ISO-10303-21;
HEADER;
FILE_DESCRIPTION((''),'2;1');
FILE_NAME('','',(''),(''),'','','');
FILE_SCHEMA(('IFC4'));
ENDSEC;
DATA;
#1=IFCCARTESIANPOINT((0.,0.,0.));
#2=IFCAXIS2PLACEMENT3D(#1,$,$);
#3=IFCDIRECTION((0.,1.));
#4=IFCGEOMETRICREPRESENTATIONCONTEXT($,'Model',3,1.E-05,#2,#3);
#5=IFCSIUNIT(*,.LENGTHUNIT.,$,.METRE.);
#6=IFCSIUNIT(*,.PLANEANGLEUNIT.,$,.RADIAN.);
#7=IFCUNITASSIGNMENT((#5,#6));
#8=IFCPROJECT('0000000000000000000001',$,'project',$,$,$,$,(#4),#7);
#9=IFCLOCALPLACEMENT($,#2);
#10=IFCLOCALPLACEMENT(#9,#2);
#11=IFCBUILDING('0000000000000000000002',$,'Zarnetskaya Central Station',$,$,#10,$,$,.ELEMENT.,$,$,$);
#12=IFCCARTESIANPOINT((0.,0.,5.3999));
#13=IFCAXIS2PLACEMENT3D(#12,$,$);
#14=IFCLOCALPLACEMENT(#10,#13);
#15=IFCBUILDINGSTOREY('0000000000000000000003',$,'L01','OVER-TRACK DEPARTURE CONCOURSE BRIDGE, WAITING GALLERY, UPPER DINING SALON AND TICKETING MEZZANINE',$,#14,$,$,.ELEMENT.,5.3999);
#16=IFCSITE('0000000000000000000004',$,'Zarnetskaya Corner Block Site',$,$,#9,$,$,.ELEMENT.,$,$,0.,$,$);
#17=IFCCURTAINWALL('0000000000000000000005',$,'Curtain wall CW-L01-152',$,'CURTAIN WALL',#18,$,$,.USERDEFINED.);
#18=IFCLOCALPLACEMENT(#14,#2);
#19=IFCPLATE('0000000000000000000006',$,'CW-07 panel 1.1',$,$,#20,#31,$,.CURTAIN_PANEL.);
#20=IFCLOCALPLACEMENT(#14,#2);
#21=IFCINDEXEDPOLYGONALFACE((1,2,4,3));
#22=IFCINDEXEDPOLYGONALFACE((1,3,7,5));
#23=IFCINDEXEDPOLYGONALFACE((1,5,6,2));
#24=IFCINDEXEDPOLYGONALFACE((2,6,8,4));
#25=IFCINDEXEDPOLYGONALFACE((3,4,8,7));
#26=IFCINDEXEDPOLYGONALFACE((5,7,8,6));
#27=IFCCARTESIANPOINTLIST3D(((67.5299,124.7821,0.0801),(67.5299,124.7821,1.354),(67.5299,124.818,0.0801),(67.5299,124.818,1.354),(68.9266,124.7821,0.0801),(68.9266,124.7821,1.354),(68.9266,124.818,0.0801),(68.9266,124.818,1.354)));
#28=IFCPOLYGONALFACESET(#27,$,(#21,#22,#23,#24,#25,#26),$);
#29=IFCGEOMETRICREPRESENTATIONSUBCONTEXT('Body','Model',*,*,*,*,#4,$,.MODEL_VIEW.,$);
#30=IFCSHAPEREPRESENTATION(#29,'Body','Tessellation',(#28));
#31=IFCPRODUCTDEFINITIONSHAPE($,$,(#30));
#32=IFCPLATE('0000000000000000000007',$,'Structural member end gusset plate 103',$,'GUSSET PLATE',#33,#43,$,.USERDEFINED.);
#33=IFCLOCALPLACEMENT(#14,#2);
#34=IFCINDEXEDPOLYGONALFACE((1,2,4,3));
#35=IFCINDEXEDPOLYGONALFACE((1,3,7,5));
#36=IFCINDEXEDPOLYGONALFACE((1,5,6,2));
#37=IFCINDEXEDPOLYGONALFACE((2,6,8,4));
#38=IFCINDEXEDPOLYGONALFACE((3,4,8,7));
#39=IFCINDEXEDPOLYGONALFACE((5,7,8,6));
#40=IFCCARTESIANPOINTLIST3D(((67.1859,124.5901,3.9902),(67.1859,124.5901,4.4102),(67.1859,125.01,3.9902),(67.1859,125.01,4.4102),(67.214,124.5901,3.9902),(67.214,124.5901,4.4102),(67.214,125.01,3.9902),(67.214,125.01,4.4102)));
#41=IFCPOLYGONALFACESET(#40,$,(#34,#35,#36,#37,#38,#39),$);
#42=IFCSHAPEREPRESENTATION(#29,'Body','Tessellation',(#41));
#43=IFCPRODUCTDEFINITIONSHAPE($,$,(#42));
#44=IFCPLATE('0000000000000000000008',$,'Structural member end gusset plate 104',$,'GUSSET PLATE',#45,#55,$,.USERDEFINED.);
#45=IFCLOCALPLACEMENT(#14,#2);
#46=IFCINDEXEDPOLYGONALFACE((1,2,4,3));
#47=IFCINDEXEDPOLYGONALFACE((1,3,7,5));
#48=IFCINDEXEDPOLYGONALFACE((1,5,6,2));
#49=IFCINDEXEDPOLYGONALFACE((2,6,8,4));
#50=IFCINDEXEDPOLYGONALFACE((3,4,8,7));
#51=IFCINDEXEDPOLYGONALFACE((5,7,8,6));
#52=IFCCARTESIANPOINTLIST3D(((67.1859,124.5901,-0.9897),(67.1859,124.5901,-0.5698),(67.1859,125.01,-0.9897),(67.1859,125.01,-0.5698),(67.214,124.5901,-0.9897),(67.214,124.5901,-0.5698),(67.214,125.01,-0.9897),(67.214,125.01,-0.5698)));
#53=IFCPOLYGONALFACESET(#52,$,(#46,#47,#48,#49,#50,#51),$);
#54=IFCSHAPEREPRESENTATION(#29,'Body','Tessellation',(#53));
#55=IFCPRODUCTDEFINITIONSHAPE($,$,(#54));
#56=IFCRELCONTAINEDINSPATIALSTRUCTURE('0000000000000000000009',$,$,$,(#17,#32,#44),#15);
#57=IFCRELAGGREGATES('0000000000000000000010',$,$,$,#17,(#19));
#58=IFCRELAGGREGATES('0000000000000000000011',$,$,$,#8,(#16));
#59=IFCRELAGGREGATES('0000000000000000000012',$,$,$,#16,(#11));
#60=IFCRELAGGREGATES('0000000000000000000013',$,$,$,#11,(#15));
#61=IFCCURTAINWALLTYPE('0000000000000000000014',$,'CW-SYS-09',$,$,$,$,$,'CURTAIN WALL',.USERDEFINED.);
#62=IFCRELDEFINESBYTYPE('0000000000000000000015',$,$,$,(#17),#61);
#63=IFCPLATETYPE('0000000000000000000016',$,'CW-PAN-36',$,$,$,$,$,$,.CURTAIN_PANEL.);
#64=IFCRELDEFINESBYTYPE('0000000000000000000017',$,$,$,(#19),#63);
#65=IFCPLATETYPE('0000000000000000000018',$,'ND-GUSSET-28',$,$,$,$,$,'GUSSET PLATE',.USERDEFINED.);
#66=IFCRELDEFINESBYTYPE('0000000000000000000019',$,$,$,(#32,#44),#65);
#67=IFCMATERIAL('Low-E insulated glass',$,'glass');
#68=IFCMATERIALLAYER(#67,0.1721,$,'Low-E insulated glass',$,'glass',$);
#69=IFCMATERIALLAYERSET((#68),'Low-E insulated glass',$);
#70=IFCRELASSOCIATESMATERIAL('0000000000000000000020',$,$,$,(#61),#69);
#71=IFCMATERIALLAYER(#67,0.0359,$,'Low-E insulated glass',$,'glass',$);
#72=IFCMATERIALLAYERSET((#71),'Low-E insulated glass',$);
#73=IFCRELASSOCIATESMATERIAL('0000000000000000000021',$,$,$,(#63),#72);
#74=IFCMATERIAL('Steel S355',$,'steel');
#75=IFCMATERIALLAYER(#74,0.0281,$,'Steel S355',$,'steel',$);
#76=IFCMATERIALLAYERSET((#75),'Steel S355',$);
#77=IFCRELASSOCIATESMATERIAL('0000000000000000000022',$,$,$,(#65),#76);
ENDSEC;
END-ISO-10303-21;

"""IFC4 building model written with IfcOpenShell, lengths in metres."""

from ifc_helpers import new_model, si_unit, direction, frame, origin, origin_2d, place, context, subcontext, project, spatial, rectangle, extrude, material, layer, layer_set, type_object, element, aggregate, save


model = new_model("IFC4")

# Units and contexts
model_context = context("Model", 3, precision=1e-05, world=origin(), true_north=direction((0.0, 1.0)))
body_context = subcontext(model_context, "Body", "Model", "MODEL_VIEW")
ifc_project = project(units=[si_unit("LENGTHUNIT", "METRE"), si_unit("PLANEANGLEUNIT", "RADIAN")], contexts=[model_context])

# Site, building, storey
site_placement = place(None, origin())
site = spatial("IfcSite", under=ifc_project, at=site_placement, Name="Zarnetskaya Corner Block Site", CompositionType="ELEMENT", RefElevation=0.0)
building_placement = place(site_placement, origin())
building = spatial("IfcBuilding", under=site, at=building_placement, Name="Zarnetskaya Central Station", CompositionType="ELEMENT")
storey_placement = place(building_placement, frame((0.0, 0.0, 5.3999)))
storey = spatial("IfcBuildingStorey", under=building, at=storey_placement, Name="L01", Description="OVER-TRACK DEPARTURE CONCOURSE BRIDGE, WAITING GALLERY, UPPER DINING SALON AND TICKETING MEZZANINE", CompositionType="ELEMENT", Elevation=5.3999)

# Shared definitions
ifc_material_1 = material(Name="Steel S355", Category="steel")

# Shared definitions
ifc_material_2 = material(Name="Low-E insulated glass", Category="glass")
ifc_layer_1 = layer(ifc_material_2, 0.1721, Name="Low-E insulated glass", Category="glass")
ifc_layer_set_1 = layer_set([ifc_layer_1], Name="Low-E insulated glass")
curtain_wall_type = type_object("IfcCurtainWallType", Name="CW-SYS-09", ElementType="CURTAIN WALL", PredefinedType="USERDEFINED", material=ifc_layer_set_1)

# Curtain wall
curtain_wall_1_placement = place(storey_placement, origin())
curtain_wall_1 = element("IfcCurtainWall", 1, at=curtain_wall_1_placement, inside=storey, type_object=curtain_wall_type, Name="Curtain wall CW-L01-152", ObjectType="CURTAIN WALL", PredefinedType="USERDEFINED")

# Plate
ifc_layer_2 = layer(ifc_material_2, 0.0359, Name="Low-E insulated glass", Category="glass")
ifc_layer_set_2 = layer_set([ifc_layer_2], Name="Low-E insulated glass")
plate_type_1 = type_object("IfcPlateType", Name="CW-PAN-36", PredefinedType="CURTAIN_PANEL", material=ifc_layer_set_2)
plate_1_placement = place(storey_placement, frame((68.2283, 124.8, 0.0801), z_axis=(0.0, 0.0, 1.0), x_axis=(1.0, 0.0, 0.0)))
plate_1 = element("IfcPlate", 2, at=plate_1_placement, type_object=plate_type_1, Name="CW-07 panel 1.1", PredefinedType="CURTAIN_PANEL", context=body_context, shape_type="SweptSolid", body=[
    extrude(rectangle(XDim=1.3967, YDim=0.0359, at=origin_2d()), origin(), (0.0, 0.0, 1.0), 1.2739),
])
aggregate(curtain_wall_1, [plate_1])

# Plates
ifc_layer_3 = layer(ifc_material_1, 0.0281, Name="Steel S355", Category="steel")
ifc_layer_set_3 = layer_set([ifc_layer_3], Name="Steel S355")
plate_type_2 = type_object("IfcPlateType", Name="ND-GUSSET-28", ElementType="GUSSET PLATE", PredefinedType="USERDEFINED", material=ifc_layer_set_3)
for number, where, z_axis, x_axis, name in (
    (3, (67.2, 124.8, 3.9902), (0.0, 0.0, 1.0), (1.0, 0.0, 0.0), "Structural member end gusset plate 103"),
    (4, (67.2, 124.8, -0.9897), (0.0, 0.0, 1.0), (1.0, 0.0, 0.0), "Structural member end gusset plate 104"),
):
    element("IfcPlate", number, at=place(storey_placement, frame(where, z_axis=z_axis, x_axis=x_axis)), inside=storey, type_object=plate_type_2, Name=name, ObjectType="GUSSET PLATE", PredefinedType="USERDEFINED", context=body_context, shape_type="SweptSolid", body=[
        extrude(rectangle(XDim=0.0281, YDim=0.4199, at=origin_2d()), origin(), (0.0, 0.0, 1.0), 0.4199),
    ])

save(model, "model.ifc")
